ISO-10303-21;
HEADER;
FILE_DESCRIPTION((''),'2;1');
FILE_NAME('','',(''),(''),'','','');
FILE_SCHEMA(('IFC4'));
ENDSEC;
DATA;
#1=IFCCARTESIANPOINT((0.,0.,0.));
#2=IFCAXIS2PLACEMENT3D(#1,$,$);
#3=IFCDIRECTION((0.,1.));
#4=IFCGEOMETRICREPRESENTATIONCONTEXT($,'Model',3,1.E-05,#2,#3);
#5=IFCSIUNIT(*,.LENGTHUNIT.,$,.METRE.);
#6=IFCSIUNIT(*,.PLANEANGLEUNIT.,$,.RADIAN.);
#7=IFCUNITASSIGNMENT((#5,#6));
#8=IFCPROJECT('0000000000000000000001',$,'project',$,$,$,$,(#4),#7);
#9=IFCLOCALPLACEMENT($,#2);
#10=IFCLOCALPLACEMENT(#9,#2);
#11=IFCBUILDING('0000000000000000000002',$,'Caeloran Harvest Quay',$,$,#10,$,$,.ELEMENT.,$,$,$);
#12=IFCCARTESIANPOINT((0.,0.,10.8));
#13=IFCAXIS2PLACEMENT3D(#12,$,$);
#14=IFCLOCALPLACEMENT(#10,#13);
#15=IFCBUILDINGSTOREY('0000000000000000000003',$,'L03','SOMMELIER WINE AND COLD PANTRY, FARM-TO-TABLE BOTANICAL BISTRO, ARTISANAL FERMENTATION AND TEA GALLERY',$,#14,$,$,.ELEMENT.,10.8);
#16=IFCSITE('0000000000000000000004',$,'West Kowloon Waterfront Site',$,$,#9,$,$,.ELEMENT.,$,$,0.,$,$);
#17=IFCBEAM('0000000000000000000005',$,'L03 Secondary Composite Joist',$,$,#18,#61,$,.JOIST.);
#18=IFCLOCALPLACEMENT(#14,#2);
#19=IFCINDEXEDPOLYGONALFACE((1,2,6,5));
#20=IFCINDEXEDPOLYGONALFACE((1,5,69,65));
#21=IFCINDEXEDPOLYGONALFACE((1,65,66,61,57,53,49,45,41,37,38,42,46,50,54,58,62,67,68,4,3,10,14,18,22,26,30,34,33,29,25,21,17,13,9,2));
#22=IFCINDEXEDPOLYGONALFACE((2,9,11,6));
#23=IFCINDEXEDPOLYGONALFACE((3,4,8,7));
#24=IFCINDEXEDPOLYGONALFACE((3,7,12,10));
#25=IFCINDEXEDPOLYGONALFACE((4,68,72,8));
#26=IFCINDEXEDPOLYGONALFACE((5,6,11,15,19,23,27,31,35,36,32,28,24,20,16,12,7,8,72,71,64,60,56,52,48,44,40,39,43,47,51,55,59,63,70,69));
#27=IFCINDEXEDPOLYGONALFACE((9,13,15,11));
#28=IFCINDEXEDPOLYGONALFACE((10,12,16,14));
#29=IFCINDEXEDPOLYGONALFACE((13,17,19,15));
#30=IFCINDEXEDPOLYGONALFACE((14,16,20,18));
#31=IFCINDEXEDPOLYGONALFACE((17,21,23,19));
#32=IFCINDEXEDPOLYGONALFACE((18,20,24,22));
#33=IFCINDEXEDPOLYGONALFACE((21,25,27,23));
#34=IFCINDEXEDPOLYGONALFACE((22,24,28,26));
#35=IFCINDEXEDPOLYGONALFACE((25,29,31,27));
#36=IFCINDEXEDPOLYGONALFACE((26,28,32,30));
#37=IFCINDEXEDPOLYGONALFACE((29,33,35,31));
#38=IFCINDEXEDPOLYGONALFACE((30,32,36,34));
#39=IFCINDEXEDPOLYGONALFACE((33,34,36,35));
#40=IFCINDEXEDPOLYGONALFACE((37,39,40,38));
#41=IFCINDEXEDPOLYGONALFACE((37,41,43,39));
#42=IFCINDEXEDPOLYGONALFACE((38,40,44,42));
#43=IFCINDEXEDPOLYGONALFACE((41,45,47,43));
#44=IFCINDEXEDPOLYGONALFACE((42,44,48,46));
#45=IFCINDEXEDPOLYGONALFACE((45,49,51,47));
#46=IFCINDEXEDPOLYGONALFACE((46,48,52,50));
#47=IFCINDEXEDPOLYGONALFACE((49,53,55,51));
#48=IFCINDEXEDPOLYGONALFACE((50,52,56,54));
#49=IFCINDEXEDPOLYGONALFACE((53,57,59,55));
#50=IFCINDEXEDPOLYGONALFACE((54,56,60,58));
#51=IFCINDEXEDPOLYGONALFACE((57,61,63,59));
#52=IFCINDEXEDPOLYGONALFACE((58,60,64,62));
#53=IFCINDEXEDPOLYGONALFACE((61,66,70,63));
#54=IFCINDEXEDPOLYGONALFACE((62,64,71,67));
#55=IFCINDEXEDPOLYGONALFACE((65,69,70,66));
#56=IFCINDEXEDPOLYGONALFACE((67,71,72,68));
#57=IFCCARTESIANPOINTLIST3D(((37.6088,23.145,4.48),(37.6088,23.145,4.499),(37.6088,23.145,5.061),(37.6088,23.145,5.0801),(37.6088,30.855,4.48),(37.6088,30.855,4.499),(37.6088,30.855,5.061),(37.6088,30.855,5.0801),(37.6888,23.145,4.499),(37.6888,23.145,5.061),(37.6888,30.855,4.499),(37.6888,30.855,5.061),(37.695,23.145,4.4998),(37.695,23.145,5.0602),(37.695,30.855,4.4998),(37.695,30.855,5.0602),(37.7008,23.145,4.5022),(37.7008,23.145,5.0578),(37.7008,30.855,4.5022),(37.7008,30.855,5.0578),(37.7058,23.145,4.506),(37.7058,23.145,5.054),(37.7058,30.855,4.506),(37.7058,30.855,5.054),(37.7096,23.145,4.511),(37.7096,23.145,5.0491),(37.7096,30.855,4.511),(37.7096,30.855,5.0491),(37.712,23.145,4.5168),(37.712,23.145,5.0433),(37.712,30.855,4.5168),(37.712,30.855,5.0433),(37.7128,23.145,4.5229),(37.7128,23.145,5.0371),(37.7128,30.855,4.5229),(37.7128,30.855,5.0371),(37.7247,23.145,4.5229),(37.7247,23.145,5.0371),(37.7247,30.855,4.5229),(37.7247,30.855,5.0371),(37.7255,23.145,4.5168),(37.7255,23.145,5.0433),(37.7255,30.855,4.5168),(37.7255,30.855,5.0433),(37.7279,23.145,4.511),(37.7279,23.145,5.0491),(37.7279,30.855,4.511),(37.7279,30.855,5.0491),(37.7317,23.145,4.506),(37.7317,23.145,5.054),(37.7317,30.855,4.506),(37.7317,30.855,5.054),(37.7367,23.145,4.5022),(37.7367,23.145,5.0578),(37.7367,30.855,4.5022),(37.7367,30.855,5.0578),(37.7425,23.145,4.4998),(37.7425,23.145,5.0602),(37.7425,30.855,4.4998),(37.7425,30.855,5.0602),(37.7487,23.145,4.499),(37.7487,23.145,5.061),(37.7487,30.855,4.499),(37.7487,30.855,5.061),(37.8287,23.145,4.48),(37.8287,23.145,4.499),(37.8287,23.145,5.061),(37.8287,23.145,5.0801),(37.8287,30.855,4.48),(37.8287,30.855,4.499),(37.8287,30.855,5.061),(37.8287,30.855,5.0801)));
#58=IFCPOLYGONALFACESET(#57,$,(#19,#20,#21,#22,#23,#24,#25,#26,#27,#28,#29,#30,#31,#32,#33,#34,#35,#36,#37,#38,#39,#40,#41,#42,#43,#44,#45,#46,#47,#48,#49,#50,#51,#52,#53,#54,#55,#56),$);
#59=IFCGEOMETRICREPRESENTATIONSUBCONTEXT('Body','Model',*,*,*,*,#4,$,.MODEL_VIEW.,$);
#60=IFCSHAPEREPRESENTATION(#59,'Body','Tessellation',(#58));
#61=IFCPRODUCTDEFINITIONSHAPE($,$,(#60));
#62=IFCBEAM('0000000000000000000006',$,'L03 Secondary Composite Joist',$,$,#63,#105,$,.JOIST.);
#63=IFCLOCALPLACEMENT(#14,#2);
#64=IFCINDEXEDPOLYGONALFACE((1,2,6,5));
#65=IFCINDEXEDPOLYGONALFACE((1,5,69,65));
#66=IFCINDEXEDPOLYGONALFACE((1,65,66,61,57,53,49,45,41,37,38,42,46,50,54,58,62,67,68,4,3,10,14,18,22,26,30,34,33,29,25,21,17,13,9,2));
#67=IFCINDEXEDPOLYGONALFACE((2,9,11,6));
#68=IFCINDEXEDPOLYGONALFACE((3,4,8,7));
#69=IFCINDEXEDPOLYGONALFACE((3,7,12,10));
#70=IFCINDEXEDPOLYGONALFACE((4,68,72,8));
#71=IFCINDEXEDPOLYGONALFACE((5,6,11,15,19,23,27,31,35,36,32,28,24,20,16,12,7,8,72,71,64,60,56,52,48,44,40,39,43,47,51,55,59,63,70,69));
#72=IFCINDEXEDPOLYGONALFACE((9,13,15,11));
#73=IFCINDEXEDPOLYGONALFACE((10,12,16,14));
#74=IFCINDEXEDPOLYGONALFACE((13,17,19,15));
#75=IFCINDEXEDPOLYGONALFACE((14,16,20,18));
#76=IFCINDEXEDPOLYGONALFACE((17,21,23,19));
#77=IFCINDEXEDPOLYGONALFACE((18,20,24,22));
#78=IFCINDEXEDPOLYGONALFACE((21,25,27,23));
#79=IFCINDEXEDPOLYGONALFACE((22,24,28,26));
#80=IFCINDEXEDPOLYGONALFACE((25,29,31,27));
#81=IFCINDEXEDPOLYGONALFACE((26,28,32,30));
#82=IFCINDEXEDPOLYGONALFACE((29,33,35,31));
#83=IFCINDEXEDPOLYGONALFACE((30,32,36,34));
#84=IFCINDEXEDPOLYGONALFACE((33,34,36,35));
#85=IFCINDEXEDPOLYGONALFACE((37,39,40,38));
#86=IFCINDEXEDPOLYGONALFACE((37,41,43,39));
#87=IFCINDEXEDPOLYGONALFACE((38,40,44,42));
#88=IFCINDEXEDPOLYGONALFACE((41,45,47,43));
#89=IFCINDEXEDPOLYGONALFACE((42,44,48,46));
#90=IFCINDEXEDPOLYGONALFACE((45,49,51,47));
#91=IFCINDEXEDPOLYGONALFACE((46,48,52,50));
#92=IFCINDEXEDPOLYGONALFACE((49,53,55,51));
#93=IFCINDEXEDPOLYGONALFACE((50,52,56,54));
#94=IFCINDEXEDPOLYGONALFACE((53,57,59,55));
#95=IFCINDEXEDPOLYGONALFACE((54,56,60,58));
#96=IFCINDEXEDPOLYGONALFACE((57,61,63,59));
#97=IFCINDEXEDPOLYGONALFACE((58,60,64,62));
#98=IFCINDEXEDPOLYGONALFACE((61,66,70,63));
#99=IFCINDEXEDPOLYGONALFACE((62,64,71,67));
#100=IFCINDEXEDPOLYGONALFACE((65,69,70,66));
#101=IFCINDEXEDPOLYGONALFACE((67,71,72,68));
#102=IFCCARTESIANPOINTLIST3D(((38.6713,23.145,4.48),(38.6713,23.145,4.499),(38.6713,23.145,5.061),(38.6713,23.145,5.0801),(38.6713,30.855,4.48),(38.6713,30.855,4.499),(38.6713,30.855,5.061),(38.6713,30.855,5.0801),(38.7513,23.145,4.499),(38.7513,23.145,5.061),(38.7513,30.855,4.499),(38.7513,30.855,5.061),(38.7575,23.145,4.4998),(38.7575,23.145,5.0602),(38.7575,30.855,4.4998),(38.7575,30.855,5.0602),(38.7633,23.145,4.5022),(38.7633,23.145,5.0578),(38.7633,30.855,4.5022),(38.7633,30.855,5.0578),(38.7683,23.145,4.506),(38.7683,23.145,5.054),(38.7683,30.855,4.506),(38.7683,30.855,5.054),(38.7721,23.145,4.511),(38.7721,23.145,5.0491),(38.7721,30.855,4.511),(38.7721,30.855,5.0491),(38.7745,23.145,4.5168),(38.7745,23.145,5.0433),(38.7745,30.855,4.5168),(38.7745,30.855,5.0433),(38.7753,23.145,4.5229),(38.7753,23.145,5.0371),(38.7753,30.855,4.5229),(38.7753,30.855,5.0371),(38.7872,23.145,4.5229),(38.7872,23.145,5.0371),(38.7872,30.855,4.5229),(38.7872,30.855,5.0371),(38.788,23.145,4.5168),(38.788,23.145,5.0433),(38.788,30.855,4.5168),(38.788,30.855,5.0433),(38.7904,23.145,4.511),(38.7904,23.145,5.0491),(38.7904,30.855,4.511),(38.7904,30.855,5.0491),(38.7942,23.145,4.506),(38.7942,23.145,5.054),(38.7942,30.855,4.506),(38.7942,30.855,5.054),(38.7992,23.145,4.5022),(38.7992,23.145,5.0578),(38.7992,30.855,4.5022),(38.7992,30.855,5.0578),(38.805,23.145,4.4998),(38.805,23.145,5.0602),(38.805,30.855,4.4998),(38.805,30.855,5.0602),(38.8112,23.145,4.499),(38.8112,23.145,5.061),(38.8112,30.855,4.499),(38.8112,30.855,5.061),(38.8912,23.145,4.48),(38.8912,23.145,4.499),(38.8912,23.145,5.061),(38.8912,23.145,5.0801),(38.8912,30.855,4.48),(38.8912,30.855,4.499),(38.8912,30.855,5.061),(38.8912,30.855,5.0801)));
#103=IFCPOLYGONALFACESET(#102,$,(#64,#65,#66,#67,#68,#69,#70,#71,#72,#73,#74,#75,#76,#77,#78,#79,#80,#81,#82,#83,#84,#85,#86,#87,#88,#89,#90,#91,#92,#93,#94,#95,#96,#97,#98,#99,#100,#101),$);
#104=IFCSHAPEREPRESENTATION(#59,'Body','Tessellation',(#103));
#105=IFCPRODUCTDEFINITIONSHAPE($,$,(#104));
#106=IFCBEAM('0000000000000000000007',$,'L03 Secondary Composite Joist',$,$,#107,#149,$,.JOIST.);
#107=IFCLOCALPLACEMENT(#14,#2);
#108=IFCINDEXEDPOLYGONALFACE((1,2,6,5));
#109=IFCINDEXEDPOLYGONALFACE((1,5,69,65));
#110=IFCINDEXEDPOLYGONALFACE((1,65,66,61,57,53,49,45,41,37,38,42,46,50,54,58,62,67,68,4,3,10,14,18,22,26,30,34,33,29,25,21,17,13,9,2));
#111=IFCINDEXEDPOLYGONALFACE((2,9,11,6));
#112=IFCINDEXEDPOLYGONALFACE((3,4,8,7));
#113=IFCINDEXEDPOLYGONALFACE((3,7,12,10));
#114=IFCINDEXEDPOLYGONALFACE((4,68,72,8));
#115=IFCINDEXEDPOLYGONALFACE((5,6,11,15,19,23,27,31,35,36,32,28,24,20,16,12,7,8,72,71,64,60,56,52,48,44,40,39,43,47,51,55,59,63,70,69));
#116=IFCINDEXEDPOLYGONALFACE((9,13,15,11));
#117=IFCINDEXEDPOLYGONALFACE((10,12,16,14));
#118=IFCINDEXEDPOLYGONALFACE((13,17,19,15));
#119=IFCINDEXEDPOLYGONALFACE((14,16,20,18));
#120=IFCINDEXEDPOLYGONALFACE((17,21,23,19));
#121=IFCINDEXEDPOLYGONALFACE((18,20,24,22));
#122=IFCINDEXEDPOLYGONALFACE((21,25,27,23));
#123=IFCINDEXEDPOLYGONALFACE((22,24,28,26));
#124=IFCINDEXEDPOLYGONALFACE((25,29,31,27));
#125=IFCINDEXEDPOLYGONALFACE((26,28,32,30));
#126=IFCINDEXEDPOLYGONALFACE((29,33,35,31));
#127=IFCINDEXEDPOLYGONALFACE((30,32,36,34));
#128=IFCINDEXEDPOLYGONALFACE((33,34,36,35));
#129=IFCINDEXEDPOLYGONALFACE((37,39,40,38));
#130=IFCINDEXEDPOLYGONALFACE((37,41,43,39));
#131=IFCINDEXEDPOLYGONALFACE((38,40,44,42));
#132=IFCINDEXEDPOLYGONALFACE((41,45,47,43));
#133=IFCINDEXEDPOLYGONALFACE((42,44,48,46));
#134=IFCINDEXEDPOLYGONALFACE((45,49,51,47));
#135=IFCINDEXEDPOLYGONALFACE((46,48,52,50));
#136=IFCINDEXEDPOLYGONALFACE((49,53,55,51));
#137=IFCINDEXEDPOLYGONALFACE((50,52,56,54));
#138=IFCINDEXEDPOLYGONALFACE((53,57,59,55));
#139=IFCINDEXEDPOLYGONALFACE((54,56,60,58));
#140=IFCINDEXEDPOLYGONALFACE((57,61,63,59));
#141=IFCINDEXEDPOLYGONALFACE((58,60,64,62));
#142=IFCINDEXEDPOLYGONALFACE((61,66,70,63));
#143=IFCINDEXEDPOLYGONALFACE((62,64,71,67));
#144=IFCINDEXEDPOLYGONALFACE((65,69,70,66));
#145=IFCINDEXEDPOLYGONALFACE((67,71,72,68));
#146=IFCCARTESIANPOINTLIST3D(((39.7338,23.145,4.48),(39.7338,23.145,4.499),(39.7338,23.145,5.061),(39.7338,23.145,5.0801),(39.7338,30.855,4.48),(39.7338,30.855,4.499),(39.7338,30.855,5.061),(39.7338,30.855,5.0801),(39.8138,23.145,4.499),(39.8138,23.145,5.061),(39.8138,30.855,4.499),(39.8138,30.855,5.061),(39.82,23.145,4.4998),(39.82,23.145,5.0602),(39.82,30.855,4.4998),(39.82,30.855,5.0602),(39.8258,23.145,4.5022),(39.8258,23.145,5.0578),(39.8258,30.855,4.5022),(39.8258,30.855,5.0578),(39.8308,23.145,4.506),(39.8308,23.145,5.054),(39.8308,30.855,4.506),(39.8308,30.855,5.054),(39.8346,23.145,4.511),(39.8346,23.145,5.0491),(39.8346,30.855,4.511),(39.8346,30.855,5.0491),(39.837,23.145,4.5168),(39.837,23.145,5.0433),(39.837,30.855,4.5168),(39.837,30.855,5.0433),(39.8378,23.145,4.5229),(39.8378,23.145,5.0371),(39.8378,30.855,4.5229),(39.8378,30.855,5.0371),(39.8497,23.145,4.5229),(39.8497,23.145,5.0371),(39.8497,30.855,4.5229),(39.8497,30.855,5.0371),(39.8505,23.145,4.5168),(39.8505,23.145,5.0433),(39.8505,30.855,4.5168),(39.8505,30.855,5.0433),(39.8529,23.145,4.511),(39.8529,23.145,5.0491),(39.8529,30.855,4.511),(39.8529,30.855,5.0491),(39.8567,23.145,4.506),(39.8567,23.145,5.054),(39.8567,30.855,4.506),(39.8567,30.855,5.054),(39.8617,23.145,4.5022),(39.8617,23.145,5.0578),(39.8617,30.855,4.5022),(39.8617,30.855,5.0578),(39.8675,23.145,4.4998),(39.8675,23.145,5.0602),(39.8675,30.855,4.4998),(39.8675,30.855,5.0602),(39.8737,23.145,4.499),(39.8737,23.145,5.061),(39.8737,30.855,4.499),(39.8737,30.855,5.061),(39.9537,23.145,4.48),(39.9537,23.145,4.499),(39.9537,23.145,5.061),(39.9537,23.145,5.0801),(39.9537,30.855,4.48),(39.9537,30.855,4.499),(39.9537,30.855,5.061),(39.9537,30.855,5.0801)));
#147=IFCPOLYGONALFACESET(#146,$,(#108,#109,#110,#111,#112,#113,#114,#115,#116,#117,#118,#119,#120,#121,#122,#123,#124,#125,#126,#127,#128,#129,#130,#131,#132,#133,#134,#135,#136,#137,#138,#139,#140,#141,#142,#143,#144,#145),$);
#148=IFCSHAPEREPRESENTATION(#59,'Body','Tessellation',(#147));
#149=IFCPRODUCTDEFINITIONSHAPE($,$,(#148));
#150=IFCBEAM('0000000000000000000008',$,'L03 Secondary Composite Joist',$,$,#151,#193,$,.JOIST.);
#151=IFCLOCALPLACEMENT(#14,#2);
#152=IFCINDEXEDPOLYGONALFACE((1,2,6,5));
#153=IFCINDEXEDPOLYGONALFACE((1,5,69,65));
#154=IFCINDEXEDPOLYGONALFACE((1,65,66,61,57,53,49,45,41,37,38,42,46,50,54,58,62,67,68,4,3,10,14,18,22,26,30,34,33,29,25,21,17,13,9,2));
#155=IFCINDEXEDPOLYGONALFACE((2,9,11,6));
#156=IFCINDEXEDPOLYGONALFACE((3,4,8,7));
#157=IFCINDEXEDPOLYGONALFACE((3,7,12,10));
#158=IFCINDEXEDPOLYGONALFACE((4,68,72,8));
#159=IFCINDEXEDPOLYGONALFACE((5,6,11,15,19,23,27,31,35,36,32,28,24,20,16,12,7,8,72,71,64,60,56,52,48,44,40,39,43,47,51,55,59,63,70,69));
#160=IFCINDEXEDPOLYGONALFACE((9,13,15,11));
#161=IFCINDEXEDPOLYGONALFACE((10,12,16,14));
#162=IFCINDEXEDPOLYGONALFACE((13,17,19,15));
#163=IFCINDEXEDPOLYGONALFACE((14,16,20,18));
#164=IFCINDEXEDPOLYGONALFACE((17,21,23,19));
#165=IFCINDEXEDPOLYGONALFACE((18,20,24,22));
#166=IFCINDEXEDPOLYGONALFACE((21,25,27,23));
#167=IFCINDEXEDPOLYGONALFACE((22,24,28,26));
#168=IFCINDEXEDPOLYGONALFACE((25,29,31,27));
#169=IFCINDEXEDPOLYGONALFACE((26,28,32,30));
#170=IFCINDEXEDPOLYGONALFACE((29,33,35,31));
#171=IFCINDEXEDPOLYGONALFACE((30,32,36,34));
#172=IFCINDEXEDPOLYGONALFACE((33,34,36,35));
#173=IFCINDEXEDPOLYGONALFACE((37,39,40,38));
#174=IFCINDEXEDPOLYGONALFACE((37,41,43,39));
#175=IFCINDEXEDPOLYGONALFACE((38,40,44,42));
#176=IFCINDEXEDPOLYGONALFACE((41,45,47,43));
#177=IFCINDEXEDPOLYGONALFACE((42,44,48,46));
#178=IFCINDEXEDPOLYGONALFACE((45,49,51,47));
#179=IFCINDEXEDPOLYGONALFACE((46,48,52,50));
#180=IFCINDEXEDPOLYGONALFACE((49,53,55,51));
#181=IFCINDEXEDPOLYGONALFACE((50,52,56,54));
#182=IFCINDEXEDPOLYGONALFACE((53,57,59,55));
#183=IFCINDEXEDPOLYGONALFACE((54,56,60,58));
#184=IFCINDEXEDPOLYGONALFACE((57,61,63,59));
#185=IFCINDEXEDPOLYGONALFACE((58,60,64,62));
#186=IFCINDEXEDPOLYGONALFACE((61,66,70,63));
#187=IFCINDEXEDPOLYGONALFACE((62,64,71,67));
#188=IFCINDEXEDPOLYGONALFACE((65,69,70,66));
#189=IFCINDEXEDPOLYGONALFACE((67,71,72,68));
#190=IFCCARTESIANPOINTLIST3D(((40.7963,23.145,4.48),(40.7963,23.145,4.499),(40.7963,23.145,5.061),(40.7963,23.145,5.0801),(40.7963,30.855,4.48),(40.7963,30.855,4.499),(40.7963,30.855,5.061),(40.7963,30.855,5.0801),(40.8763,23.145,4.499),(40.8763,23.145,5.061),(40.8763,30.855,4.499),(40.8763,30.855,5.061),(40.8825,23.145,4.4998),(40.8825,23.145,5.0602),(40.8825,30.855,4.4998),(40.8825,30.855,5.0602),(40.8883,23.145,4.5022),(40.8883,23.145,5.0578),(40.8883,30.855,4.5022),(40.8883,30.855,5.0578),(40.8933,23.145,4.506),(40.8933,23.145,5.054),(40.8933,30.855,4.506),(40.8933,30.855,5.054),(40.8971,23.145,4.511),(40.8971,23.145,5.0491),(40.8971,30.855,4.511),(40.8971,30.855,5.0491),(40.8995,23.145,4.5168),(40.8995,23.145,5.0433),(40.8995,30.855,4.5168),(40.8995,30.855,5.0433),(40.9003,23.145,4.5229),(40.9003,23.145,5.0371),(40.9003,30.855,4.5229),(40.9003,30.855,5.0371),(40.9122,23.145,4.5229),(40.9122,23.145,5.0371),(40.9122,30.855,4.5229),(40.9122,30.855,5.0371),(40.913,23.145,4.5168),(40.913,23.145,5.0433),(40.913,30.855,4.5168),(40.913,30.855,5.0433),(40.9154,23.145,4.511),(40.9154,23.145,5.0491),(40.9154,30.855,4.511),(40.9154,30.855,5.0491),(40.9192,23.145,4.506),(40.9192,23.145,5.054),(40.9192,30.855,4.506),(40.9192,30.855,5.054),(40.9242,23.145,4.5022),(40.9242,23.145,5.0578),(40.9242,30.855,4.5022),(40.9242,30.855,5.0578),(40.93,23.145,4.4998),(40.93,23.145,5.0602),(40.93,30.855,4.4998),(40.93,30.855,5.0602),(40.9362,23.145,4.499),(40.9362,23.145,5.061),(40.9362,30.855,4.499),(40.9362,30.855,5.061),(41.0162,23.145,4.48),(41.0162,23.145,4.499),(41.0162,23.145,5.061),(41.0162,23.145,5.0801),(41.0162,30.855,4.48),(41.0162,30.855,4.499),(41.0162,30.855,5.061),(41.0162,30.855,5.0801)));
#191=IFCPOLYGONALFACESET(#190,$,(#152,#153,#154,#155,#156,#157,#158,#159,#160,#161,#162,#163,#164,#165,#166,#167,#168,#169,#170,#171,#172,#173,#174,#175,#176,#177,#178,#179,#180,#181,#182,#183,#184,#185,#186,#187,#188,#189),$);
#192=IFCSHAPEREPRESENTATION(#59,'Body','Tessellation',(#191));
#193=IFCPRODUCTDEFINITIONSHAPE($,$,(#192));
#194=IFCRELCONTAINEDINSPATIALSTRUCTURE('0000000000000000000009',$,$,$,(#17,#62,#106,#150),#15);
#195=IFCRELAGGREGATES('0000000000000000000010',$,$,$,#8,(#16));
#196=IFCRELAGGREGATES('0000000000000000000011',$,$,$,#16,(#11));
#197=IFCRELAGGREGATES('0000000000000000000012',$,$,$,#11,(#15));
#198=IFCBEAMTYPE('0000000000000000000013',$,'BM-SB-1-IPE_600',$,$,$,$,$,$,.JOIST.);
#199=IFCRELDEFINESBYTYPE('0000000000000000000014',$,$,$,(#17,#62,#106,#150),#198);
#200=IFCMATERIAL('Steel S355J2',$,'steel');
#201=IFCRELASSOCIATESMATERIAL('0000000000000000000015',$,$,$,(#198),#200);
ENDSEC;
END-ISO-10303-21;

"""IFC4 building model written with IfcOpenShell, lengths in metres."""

from ifc_helpers import new_model, si_unit, direction, frame, origin, origin_2d, place, context, subcontext, project, spatial, i_section, extrude, material, material_profile, profile_set, type_object, element, save


model = new_model("IFC4")

# Units and contexts
model_context = context("Model", 3, precision=1e-05, world=origin(), true_north=direction((0.0, 1.0)))
body_context = subcontext(model_context, "Body", "Model", "MODEL_VIEW")
ifc_project = project(units=[si_unit("LENGTHUNIT", "METRE"), si_unit("PLANEANGLEUNIT", "RADIAN")], contexts=[model_context])

# Site, building, storey
site_placement = place(None, origin())
site = spatial("IfcSite", under=ifc_project, at=site_placement, Name="West Kowloon Waterfront Site", CompositionType="ELEMENT", RefElevation=0.0)
building_placement = place(site_placement, origin())
building = spatial("IfcBuilding", under=site, at=building_placement, Name="Caeloran Harvest Quay", CompositionType="ELEMENT")
storey_placement = place(building_placement, frame((0.0, 0.0, 10.8)))
storey = spatial("IfcBuildingStorey", under=building, at=storey_placement, Name="L03", Description="SOMMELIER WINE AND COLD PANTRY, FARM-TO-TABLE BOTANICAL BISTRO, ARTISANAL FERMENTATION AND TEA GALLERY", CompositionType="ELEMENT", Elevation=10.8)

# Beams
ifc_material_1 = material(Name="Steel S355J2", Category="steel")
ifc_material_profile_1 = material_profile(ifc_material_1, i_section(OverallWidth=0.22, OverallDepth=0.6001, WebThickness=0.012, FlangeThickness=0.019, FilletRadius=0.0239, at=origin_2d()), Name="IPE 600")
ifc_profile_set_1 = profile_set([ifc_material_profile_1], Name="Steel S355J2")
beam_type_1 = type_object("IfcBeamType", Name="BM-SB-1-IPE_600", PredefinedType="JOIST", material=ifc_profile_set_1)
for number, where, z_axis, x_axis, name in (
    (1, (37.7188, 23.145, 4.78), (0.0, 1.0, 0.0), (-1.0, 0.0, 0.0), "L03 Secondary Composite Joist"),
    (2, (38.7812, 23.145, 4.78), (0.0, 1.0, 0.0), (-1.0, 0.0, 0.0), "L03 Secondary Composite Joist"),
    (3, (39.8438, 23.145, 4.78), (0.0, 1.0, 0.0), (-1.0, 0.0, 0.0), "L03 Secondary Composite Joist"),
    (4, (40.9062, 23.145, 4.78), (0.0, 1.0, 0.0), (-1.0, 0.0, 0.0), "L03 Secondary Composite Joist"),
):
    element("IfcBeam", number, at=place(storey_placement, frame(where, z_axis=z_axis, x_axis=x_axis)), inside=storey, type_object=beam_type_1, Name=name, PredefinedType="JOIST", context=body_context, shape_type="SweptSolid", body=[
        extrude(i_section(OverallWidth=0.22, OverallDepth=0.6001, WebThickness=0.012, FlangeThickness=0.019, FilletRadius=0.0239, at=origin_2d()), origin(), (0.0, 0.0, 1.0), 7.71),
    ])

save(model, "model.ifc")
